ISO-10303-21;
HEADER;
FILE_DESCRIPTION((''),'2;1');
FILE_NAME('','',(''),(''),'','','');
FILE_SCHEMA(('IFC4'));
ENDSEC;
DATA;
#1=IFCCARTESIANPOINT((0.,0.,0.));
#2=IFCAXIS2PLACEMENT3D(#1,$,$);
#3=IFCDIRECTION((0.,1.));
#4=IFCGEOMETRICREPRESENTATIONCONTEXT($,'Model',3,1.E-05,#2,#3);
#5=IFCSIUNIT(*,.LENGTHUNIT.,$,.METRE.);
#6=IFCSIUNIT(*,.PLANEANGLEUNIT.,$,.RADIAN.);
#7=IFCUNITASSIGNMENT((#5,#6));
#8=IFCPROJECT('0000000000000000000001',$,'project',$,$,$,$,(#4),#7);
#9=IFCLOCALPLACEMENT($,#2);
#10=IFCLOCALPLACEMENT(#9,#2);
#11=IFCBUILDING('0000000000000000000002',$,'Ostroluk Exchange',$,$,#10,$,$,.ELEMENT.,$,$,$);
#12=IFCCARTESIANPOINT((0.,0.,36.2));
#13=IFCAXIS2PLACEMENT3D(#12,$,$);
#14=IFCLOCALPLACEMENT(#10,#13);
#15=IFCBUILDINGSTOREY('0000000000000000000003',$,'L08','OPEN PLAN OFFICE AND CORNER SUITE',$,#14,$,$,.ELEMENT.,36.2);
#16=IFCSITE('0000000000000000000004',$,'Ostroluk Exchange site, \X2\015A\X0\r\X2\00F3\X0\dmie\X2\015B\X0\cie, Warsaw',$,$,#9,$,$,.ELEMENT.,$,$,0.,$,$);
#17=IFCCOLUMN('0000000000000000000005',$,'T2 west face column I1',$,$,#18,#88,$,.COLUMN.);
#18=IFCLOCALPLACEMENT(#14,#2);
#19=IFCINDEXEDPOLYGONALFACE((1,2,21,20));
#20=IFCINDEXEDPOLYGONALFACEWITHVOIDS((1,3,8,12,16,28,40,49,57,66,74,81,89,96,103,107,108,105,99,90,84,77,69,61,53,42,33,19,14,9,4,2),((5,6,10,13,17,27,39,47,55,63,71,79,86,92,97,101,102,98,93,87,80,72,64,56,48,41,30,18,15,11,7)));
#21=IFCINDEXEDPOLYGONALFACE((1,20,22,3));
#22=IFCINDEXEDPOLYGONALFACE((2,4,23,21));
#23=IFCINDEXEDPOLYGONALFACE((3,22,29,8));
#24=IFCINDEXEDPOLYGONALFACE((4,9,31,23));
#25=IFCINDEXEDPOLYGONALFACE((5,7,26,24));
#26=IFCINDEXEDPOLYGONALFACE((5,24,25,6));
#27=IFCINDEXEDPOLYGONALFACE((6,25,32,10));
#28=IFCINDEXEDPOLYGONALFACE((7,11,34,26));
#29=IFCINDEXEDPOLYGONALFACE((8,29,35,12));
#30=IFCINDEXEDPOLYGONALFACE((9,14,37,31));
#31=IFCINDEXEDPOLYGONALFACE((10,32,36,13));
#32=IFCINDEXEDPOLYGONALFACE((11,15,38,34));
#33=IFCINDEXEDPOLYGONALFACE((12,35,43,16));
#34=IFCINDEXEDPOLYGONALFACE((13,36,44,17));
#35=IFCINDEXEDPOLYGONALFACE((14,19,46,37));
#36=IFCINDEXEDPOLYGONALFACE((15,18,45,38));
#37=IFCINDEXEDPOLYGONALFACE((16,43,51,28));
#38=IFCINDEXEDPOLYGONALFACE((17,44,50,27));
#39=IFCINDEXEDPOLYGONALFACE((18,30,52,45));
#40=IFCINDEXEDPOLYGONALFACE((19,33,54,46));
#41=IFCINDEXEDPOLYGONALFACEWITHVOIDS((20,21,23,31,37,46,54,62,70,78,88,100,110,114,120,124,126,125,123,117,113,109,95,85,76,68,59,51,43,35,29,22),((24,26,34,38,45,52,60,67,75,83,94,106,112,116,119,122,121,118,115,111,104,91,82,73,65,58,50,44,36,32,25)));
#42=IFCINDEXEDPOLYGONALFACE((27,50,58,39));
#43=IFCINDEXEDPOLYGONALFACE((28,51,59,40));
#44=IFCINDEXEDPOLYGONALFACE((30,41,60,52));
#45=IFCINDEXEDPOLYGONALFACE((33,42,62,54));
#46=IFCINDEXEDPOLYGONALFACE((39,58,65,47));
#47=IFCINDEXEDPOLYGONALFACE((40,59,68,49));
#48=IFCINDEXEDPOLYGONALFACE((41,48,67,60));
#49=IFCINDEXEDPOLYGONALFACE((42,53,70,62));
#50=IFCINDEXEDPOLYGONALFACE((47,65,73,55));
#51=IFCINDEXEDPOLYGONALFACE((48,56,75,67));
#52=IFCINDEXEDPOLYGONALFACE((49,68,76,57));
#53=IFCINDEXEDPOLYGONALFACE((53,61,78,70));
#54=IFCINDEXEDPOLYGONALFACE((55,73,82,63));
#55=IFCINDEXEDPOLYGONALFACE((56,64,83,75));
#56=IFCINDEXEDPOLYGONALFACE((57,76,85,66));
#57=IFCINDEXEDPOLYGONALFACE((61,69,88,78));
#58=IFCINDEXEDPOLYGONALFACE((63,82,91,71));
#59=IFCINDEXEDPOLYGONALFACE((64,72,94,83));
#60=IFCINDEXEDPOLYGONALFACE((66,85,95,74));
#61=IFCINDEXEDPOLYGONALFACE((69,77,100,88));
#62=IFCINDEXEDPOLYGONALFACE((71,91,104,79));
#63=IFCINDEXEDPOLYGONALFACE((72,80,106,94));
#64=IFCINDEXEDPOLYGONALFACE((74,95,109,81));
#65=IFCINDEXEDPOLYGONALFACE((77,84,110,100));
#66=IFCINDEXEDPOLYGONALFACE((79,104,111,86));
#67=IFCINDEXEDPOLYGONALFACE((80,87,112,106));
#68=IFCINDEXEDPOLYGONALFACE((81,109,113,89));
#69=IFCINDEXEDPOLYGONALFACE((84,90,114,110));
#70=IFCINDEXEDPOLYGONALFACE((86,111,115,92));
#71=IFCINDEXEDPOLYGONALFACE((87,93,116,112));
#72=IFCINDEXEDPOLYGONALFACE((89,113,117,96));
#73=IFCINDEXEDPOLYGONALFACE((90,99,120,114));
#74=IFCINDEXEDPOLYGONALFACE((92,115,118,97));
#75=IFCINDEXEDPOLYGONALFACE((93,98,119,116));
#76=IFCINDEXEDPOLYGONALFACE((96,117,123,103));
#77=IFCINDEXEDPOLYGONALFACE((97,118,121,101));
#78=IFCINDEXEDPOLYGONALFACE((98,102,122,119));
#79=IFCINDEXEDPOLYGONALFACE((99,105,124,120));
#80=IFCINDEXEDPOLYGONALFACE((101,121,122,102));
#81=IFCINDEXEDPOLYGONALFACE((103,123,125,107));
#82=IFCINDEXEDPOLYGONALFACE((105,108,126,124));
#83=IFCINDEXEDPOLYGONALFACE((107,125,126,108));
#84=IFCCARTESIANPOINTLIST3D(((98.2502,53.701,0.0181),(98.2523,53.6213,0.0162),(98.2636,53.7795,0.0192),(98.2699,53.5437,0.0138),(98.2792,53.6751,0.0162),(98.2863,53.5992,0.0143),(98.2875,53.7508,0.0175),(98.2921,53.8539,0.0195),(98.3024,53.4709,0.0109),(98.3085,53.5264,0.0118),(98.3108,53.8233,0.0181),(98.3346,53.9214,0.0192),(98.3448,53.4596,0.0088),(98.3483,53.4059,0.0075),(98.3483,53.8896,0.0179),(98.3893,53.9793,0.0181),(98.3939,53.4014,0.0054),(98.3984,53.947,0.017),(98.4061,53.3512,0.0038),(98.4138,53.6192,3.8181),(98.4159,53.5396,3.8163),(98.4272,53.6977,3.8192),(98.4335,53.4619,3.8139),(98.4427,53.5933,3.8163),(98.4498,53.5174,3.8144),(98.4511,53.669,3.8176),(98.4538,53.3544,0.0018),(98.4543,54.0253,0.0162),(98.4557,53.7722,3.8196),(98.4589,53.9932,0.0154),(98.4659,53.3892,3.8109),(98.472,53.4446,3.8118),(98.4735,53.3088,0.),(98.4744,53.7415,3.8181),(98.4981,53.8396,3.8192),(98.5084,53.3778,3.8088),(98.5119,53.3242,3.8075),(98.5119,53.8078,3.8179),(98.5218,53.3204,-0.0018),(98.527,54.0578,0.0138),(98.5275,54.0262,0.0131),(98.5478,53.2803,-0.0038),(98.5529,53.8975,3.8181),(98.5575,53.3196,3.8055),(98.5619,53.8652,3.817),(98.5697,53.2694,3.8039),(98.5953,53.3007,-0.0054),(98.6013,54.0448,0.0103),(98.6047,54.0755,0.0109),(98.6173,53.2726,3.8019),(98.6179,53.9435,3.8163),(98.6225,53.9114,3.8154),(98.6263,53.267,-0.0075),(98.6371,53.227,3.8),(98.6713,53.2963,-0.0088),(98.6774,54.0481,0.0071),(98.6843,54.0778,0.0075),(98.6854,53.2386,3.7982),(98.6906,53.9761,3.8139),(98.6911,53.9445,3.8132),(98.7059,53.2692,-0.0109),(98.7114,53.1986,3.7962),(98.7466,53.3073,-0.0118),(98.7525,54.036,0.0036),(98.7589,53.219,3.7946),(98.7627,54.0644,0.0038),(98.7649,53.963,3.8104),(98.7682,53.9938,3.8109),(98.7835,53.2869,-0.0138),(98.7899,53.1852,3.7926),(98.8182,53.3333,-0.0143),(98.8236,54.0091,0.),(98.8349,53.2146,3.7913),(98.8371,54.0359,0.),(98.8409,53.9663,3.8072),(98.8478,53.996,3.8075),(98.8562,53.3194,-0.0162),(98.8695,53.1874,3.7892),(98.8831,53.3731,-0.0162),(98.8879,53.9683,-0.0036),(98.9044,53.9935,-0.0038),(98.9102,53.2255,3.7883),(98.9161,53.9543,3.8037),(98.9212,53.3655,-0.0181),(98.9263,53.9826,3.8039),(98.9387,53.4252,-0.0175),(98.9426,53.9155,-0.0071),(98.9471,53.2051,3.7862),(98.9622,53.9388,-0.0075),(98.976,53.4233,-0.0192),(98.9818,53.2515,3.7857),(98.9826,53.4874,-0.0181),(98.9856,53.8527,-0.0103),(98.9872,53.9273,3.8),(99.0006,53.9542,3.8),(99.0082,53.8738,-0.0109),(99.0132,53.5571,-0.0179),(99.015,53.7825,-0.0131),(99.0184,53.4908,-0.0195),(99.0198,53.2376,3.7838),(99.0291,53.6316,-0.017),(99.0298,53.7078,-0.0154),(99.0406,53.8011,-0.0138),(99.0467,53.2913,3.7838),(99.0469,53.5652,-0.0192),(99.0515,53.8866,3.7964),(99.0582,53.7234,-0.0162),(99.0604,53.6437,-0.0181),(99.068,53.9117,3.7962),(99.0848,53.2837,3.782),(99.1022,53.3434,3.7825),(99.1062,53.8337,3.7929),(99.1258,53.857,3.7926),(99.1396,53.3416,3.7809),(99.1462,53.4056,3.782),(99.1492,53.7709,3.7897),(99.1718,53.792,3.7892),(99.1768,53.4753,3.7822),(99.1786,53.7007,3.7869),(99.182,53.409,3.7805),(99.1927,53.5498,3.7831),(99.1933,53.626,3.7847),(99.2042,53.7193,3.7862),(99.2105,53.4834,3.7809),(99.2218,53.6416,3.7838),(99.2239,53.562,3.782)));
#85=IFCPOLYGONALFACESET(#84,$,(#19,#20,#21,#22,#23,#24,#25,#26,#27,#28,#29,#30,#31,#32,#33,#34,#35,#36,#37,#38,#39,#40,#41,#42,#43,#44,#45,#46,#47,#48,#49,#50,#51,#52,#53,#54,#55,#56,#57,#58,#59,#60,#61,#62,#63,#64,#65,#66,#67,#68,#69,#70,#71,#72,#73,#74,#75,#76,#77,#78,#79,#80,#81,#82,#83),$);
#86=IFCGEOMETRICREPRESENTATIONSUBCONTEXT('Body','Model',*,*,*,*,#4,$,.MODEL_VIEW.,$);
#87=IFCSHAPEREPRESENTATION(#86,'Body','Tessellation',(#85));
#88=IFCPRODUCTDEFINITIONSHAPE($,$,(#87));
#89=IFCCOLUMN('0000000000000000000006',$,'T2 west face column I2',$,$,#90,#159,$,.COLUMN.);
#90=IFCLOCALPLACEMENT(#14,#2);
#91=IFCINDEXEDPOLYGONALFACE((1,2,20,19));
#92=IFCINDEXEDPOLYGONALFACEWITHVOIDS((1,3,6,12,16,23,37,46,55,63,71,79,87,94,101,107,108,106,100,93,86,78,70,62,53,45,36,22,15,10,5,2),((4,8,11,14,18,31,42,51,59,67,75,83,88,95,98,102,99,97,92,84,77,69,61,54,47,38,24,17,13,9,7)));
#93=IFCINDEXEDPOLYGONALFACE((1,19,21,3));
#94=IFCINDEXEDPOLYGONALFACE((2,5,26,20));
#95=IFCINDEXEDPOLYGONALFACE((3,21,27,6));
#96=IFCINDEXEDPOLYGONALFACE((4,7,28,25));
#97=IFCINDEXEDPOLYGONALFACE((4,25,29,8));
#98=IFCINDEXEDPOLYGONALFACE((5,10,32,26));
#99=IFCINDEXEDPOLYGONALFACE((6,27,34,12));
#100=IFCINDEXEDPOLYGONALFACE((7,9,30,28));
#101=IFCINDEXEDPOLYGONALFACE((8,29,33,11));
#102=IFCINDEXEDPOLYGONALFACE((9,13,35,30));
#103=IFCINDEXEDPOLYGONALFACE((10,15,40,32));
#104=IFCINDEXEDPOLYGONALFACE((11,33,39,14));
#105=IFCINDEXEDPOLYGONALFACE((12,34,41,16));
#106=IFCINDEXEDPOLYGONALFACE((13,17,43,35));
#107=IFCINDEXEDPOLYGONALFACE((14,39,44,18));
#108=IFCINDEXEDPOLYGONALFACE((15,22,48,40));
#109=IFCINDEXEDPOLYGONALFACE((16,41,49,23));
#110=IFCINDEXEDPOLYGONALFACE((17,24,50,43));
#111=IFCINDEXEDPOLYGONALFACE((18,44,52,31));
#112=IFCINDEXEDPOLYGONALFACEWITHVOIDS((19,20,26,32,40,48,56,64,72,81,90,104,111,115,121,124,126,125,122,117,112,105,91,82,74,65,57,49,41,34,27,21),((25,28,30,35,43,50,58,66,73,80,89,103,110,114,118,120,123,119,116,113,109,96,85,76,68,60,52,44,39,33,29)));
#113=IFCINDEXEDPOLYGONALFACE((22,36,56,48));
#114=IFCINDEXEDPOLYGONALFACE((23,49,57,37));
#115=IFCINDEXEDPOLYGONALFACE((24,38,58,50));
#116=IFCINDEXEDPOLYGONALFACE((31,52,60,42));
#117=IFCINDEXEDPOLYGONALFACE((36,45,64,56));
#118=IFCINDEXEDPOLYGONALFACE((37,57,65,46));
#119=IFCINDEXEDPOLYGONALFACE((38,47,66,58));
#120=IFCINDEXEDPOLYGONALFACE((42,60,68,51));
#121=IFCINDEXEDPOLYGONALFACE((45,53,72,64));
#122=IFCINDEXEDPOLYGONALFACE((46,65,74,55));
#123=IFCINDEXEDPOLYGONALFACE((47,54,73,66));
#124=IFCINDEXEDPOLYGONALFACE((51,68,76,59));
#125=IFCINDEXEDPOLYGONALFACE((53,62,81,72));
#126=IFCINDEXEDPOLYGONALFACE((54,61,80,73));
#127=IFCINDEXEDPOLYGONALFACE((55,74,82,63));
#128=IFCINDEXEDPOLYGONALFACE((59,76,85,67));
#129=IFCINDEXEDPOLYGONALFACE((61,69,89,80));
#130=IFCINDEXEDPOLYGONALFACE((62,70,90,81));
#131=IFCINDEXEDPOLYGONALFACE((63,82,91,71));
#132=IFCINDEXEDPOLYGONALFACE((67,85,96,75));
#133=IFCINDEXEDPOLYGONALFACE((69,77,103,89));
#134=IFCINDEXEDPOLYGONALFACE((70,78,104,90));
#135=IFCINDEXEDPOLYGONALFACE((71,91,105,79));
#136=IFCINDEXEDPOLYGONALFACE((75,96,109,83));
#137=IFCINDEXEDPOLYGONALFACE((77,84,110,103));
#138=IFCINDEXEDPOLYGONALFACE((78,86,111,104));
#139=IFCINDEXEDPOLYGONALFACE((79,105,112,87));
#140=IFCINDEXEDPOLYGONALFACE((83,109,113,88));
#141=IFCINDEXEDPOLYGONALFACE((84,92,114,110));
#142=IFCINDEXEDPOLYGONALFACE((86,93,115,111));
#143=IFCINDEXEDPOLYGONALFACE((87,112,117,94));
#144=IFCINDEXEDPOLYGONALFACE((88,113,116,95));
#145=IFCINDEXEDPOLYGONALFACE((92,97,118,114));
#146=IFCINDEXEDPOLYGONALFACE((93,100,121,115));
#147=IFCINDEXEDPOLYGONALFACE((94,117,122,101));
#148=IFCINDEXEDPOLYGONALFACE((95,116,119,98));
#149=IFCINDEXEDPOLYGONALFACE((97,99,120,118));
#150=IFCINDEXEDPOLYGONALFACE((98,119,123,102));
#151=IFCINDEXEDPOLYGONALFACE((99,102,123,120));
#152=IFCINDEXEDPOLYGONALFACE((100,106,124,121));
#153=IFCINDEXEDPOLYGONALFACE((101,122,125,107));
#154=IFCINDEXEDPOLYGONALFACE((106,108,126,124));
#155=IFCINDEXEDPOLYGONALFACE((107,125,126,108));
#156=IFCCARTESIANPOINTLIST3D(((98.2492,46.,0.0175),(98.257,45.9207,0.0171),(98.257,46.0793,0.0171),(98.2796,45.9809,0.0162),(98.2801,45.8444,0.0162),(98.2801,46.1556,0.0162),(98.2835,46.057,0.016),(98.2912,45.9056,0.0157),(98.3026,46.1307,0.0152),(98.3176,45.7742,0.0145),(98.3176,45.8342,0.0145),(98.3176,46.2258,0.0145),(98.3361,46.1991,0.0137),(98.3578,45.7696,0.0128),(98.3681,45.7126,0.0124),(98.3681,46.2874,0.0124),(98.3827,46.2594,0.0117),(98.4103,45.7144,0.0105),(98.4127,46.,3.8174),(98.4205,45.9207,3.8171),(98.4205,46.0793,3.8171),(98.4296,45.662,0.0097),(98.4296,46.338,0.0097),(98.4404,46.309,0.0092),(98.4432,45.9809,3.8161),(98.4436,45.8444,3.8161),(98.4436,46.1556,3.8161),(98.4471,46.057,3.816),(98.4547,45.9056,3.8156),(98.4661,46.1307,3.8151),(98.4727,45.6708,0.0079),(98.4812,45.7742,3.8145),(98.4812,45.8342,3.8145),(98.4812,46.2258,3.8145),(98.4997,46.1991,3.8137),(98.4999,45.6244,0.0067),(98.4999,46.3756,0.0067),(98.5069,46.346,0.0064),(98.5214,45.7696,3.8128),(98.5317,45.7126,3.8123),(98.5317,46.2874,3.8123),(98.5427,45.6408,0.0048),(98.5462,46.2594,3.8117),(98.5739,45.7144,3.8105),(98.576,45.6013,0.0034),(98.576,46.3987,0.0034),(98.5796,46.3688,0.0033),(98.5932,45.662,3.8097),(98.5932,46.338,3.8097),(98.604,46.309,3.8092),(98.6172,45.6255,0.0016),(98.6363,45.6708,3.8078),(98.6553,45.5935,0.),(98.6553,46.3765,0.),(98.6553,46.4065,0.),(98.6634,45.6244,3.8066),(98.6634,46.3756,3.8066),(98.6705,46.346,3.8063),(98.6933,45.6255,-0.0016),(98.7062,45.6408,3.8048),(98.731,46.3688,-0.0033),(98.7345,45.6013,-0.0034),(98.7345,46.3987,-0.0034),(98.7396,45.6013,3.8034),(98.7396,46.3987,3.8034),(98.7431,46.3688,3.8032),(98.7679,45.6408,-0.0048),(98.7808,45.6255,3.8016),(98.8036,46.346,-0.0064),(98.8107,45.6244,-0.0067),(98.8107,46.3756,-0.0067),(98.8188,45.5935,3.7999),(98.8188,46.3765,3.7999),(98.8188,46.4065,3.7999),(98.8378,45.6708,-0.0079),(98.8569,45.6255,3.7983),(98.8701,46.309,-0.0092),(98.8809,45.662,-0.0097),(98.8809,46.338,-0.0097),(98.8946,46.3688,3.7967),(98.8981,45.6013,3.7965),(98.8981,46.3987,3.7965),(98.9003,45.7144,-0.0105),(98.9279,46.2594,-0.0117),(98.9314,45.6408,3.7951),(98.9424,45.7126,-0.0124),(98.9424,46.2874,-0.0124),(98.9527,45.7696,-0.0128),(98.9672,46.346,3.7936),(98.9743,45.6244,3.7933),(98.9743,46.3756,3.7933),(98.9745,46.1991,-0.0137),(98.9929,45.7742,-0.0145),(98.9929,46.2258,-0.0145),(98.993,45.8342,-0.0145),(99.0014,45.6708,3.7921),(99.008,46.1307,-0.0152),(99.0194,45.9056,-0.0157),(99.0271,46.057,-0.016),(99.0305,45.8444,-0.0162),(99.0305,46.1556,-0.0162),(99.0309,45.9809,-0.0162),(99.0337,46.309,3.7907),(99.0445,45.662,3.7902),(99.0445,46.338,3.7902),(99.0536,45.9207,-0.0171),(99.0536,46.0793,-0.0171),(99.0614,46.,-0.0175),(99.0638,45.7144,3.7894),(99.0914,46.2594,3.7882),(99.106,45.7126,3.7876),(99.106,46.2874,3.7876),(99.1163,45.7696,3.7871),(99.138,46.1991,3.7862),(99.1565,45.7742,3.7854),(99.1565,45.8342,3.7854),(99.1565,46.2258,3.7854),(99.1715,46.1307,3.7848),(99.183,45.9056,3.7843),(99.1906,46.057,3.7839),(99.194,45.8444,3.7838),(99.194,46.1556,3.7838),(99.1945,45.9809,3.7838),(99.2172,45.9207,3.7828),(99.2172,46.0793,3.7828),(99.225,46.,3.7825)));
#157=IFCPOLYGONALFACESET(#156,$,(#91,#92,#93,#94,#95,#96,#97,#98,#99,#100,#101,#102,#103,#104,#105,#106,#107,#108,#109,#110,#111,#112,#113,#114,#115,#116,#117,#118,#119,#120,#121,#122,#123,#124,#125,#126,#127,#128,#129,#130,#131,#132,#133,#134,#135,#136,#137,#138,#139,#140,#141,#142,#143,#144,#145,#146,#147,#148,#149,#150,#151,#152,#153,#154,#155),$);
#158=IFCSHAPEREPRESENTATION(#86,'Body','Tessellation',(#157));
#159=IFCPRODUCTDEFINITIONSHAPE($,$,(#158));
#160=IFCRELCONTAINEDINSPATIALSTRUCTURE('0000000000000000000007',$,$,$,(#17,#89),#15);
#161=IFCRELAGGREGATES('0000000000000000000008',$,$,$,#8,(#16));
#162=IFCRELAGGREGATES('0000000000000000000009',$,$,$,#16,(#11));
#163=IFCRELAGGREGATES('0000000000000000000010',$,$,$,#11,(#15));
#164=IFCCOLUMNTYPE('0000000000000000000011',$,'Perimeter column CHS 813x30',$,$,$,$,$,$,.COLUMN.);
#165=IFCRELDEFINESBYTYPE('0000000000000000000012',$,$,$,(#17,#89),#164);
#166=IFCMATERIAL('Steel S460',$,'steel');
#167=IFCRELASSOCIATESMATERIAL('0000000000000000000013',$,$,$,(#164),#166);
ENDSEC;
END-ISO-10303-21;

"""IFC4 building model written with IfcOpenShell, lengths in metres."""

from ifc_helpers import new_model, si_unit, direction, frame, origin, origin_2d, place, context, subcontext, project, spatial, hollow_circle, extrude, material, material_profile, profile_set, type_object, element, save


model = new_model("IFC4")

# Units and contexts
model_context = context("Model", 3, precision=1e-05, world=origin(), true_north=direction((0.0, 1.0)))
body_context = subcontext(model_context, "Body", "Model", "MODEL_VIEW")
ifc_project = project(units=[si_unit("LENGTHUNIT", "METRE"), si_unit("PLANEANGLEUNIT", "RADIAN")], contexts=[model_context])

# Site, building, storey
site_placement = place(None, origin())
site = spatial("IfcSite", under=ifc_project, at=site_placement, Name="Ostroluk Exchange site, Śródmieście, Warsaw", CompositionType="ELEMENT", RefElevation=0.0)
building_placement = place(site_placement, origin())
building = spatial("IfcBuilding", under=site, at=building_placement, Name="Ostroluk Exchange", CompositionType="ELEMENT")
storey_placement = place(building_placement, frame((0.0, 0.0, 36.2)))
storey = spatial("IfcBuildingStorey", under=building, at=storey_placement, Name="L08", Description="OPEN PLAN OFFICE AND CORNER SUITE", CompositionType="ELEMENT", Elevation=36.2)

# Columns
ifc_material_1 = material(Name="Steel S460", Category="steel")
ifc_material_profile_1 = material_profile(ifc_material_1, hollow_circle(Radius=0.4065, WallThickness=0.03, at=origin_2d()), Name="CHS 813x30")
ifc_profile_set_1 = profile_set([ifc_material_profile_1], Name="Steel S460")
column_type_1 = type_object("IfcColumnType", Name="Perimeter column CHS 813x30", PredefinedType="COLUMN", material=ifc_profile_set_1)
column_1_placement = place(storey_placement, frame((98.6553, 53.6724, 0.0), z_axis=(0.042996, -0.021498, 0.998844), x_axis=(0.447214, 0.894427, 0.0)))
element("IfcColumn", 1, at=column_1_placement, inside=storey, type_object=column_type_1, Name="T2 west face column I1", PredefinedType="COLUMN", context=body_context, shape_type="SweptSolid", body=[
    extrude(hollow_circle(Radius=0.4065, WallThickness=0.03, at=origin_2d()), origin(), (0.0, 0.0, 1.0), 3.8044),
])
column_2_placement = place(storey_placement, frame((98.6553, 46.0, 0.0), z_axis=(0.043005, 0.0, 0.999075), x_axis=(0.0, 1.0, 0.0)))
element("IfcColumn", 2, at=column_2_placement, inside=storey, type_object=column_type_1, Name="T2 west face column I2", PredefinedType="COLUMN", context=body_context, shape_type="SweptSolid", body=[
    extrude(hollow_circle(Radius=0.4065, WallThickness=0.03, at=origin_2d()), origin(), (0.0, 0.0, 1.0), 3.8035),
])

save(model, "model.ifc")
